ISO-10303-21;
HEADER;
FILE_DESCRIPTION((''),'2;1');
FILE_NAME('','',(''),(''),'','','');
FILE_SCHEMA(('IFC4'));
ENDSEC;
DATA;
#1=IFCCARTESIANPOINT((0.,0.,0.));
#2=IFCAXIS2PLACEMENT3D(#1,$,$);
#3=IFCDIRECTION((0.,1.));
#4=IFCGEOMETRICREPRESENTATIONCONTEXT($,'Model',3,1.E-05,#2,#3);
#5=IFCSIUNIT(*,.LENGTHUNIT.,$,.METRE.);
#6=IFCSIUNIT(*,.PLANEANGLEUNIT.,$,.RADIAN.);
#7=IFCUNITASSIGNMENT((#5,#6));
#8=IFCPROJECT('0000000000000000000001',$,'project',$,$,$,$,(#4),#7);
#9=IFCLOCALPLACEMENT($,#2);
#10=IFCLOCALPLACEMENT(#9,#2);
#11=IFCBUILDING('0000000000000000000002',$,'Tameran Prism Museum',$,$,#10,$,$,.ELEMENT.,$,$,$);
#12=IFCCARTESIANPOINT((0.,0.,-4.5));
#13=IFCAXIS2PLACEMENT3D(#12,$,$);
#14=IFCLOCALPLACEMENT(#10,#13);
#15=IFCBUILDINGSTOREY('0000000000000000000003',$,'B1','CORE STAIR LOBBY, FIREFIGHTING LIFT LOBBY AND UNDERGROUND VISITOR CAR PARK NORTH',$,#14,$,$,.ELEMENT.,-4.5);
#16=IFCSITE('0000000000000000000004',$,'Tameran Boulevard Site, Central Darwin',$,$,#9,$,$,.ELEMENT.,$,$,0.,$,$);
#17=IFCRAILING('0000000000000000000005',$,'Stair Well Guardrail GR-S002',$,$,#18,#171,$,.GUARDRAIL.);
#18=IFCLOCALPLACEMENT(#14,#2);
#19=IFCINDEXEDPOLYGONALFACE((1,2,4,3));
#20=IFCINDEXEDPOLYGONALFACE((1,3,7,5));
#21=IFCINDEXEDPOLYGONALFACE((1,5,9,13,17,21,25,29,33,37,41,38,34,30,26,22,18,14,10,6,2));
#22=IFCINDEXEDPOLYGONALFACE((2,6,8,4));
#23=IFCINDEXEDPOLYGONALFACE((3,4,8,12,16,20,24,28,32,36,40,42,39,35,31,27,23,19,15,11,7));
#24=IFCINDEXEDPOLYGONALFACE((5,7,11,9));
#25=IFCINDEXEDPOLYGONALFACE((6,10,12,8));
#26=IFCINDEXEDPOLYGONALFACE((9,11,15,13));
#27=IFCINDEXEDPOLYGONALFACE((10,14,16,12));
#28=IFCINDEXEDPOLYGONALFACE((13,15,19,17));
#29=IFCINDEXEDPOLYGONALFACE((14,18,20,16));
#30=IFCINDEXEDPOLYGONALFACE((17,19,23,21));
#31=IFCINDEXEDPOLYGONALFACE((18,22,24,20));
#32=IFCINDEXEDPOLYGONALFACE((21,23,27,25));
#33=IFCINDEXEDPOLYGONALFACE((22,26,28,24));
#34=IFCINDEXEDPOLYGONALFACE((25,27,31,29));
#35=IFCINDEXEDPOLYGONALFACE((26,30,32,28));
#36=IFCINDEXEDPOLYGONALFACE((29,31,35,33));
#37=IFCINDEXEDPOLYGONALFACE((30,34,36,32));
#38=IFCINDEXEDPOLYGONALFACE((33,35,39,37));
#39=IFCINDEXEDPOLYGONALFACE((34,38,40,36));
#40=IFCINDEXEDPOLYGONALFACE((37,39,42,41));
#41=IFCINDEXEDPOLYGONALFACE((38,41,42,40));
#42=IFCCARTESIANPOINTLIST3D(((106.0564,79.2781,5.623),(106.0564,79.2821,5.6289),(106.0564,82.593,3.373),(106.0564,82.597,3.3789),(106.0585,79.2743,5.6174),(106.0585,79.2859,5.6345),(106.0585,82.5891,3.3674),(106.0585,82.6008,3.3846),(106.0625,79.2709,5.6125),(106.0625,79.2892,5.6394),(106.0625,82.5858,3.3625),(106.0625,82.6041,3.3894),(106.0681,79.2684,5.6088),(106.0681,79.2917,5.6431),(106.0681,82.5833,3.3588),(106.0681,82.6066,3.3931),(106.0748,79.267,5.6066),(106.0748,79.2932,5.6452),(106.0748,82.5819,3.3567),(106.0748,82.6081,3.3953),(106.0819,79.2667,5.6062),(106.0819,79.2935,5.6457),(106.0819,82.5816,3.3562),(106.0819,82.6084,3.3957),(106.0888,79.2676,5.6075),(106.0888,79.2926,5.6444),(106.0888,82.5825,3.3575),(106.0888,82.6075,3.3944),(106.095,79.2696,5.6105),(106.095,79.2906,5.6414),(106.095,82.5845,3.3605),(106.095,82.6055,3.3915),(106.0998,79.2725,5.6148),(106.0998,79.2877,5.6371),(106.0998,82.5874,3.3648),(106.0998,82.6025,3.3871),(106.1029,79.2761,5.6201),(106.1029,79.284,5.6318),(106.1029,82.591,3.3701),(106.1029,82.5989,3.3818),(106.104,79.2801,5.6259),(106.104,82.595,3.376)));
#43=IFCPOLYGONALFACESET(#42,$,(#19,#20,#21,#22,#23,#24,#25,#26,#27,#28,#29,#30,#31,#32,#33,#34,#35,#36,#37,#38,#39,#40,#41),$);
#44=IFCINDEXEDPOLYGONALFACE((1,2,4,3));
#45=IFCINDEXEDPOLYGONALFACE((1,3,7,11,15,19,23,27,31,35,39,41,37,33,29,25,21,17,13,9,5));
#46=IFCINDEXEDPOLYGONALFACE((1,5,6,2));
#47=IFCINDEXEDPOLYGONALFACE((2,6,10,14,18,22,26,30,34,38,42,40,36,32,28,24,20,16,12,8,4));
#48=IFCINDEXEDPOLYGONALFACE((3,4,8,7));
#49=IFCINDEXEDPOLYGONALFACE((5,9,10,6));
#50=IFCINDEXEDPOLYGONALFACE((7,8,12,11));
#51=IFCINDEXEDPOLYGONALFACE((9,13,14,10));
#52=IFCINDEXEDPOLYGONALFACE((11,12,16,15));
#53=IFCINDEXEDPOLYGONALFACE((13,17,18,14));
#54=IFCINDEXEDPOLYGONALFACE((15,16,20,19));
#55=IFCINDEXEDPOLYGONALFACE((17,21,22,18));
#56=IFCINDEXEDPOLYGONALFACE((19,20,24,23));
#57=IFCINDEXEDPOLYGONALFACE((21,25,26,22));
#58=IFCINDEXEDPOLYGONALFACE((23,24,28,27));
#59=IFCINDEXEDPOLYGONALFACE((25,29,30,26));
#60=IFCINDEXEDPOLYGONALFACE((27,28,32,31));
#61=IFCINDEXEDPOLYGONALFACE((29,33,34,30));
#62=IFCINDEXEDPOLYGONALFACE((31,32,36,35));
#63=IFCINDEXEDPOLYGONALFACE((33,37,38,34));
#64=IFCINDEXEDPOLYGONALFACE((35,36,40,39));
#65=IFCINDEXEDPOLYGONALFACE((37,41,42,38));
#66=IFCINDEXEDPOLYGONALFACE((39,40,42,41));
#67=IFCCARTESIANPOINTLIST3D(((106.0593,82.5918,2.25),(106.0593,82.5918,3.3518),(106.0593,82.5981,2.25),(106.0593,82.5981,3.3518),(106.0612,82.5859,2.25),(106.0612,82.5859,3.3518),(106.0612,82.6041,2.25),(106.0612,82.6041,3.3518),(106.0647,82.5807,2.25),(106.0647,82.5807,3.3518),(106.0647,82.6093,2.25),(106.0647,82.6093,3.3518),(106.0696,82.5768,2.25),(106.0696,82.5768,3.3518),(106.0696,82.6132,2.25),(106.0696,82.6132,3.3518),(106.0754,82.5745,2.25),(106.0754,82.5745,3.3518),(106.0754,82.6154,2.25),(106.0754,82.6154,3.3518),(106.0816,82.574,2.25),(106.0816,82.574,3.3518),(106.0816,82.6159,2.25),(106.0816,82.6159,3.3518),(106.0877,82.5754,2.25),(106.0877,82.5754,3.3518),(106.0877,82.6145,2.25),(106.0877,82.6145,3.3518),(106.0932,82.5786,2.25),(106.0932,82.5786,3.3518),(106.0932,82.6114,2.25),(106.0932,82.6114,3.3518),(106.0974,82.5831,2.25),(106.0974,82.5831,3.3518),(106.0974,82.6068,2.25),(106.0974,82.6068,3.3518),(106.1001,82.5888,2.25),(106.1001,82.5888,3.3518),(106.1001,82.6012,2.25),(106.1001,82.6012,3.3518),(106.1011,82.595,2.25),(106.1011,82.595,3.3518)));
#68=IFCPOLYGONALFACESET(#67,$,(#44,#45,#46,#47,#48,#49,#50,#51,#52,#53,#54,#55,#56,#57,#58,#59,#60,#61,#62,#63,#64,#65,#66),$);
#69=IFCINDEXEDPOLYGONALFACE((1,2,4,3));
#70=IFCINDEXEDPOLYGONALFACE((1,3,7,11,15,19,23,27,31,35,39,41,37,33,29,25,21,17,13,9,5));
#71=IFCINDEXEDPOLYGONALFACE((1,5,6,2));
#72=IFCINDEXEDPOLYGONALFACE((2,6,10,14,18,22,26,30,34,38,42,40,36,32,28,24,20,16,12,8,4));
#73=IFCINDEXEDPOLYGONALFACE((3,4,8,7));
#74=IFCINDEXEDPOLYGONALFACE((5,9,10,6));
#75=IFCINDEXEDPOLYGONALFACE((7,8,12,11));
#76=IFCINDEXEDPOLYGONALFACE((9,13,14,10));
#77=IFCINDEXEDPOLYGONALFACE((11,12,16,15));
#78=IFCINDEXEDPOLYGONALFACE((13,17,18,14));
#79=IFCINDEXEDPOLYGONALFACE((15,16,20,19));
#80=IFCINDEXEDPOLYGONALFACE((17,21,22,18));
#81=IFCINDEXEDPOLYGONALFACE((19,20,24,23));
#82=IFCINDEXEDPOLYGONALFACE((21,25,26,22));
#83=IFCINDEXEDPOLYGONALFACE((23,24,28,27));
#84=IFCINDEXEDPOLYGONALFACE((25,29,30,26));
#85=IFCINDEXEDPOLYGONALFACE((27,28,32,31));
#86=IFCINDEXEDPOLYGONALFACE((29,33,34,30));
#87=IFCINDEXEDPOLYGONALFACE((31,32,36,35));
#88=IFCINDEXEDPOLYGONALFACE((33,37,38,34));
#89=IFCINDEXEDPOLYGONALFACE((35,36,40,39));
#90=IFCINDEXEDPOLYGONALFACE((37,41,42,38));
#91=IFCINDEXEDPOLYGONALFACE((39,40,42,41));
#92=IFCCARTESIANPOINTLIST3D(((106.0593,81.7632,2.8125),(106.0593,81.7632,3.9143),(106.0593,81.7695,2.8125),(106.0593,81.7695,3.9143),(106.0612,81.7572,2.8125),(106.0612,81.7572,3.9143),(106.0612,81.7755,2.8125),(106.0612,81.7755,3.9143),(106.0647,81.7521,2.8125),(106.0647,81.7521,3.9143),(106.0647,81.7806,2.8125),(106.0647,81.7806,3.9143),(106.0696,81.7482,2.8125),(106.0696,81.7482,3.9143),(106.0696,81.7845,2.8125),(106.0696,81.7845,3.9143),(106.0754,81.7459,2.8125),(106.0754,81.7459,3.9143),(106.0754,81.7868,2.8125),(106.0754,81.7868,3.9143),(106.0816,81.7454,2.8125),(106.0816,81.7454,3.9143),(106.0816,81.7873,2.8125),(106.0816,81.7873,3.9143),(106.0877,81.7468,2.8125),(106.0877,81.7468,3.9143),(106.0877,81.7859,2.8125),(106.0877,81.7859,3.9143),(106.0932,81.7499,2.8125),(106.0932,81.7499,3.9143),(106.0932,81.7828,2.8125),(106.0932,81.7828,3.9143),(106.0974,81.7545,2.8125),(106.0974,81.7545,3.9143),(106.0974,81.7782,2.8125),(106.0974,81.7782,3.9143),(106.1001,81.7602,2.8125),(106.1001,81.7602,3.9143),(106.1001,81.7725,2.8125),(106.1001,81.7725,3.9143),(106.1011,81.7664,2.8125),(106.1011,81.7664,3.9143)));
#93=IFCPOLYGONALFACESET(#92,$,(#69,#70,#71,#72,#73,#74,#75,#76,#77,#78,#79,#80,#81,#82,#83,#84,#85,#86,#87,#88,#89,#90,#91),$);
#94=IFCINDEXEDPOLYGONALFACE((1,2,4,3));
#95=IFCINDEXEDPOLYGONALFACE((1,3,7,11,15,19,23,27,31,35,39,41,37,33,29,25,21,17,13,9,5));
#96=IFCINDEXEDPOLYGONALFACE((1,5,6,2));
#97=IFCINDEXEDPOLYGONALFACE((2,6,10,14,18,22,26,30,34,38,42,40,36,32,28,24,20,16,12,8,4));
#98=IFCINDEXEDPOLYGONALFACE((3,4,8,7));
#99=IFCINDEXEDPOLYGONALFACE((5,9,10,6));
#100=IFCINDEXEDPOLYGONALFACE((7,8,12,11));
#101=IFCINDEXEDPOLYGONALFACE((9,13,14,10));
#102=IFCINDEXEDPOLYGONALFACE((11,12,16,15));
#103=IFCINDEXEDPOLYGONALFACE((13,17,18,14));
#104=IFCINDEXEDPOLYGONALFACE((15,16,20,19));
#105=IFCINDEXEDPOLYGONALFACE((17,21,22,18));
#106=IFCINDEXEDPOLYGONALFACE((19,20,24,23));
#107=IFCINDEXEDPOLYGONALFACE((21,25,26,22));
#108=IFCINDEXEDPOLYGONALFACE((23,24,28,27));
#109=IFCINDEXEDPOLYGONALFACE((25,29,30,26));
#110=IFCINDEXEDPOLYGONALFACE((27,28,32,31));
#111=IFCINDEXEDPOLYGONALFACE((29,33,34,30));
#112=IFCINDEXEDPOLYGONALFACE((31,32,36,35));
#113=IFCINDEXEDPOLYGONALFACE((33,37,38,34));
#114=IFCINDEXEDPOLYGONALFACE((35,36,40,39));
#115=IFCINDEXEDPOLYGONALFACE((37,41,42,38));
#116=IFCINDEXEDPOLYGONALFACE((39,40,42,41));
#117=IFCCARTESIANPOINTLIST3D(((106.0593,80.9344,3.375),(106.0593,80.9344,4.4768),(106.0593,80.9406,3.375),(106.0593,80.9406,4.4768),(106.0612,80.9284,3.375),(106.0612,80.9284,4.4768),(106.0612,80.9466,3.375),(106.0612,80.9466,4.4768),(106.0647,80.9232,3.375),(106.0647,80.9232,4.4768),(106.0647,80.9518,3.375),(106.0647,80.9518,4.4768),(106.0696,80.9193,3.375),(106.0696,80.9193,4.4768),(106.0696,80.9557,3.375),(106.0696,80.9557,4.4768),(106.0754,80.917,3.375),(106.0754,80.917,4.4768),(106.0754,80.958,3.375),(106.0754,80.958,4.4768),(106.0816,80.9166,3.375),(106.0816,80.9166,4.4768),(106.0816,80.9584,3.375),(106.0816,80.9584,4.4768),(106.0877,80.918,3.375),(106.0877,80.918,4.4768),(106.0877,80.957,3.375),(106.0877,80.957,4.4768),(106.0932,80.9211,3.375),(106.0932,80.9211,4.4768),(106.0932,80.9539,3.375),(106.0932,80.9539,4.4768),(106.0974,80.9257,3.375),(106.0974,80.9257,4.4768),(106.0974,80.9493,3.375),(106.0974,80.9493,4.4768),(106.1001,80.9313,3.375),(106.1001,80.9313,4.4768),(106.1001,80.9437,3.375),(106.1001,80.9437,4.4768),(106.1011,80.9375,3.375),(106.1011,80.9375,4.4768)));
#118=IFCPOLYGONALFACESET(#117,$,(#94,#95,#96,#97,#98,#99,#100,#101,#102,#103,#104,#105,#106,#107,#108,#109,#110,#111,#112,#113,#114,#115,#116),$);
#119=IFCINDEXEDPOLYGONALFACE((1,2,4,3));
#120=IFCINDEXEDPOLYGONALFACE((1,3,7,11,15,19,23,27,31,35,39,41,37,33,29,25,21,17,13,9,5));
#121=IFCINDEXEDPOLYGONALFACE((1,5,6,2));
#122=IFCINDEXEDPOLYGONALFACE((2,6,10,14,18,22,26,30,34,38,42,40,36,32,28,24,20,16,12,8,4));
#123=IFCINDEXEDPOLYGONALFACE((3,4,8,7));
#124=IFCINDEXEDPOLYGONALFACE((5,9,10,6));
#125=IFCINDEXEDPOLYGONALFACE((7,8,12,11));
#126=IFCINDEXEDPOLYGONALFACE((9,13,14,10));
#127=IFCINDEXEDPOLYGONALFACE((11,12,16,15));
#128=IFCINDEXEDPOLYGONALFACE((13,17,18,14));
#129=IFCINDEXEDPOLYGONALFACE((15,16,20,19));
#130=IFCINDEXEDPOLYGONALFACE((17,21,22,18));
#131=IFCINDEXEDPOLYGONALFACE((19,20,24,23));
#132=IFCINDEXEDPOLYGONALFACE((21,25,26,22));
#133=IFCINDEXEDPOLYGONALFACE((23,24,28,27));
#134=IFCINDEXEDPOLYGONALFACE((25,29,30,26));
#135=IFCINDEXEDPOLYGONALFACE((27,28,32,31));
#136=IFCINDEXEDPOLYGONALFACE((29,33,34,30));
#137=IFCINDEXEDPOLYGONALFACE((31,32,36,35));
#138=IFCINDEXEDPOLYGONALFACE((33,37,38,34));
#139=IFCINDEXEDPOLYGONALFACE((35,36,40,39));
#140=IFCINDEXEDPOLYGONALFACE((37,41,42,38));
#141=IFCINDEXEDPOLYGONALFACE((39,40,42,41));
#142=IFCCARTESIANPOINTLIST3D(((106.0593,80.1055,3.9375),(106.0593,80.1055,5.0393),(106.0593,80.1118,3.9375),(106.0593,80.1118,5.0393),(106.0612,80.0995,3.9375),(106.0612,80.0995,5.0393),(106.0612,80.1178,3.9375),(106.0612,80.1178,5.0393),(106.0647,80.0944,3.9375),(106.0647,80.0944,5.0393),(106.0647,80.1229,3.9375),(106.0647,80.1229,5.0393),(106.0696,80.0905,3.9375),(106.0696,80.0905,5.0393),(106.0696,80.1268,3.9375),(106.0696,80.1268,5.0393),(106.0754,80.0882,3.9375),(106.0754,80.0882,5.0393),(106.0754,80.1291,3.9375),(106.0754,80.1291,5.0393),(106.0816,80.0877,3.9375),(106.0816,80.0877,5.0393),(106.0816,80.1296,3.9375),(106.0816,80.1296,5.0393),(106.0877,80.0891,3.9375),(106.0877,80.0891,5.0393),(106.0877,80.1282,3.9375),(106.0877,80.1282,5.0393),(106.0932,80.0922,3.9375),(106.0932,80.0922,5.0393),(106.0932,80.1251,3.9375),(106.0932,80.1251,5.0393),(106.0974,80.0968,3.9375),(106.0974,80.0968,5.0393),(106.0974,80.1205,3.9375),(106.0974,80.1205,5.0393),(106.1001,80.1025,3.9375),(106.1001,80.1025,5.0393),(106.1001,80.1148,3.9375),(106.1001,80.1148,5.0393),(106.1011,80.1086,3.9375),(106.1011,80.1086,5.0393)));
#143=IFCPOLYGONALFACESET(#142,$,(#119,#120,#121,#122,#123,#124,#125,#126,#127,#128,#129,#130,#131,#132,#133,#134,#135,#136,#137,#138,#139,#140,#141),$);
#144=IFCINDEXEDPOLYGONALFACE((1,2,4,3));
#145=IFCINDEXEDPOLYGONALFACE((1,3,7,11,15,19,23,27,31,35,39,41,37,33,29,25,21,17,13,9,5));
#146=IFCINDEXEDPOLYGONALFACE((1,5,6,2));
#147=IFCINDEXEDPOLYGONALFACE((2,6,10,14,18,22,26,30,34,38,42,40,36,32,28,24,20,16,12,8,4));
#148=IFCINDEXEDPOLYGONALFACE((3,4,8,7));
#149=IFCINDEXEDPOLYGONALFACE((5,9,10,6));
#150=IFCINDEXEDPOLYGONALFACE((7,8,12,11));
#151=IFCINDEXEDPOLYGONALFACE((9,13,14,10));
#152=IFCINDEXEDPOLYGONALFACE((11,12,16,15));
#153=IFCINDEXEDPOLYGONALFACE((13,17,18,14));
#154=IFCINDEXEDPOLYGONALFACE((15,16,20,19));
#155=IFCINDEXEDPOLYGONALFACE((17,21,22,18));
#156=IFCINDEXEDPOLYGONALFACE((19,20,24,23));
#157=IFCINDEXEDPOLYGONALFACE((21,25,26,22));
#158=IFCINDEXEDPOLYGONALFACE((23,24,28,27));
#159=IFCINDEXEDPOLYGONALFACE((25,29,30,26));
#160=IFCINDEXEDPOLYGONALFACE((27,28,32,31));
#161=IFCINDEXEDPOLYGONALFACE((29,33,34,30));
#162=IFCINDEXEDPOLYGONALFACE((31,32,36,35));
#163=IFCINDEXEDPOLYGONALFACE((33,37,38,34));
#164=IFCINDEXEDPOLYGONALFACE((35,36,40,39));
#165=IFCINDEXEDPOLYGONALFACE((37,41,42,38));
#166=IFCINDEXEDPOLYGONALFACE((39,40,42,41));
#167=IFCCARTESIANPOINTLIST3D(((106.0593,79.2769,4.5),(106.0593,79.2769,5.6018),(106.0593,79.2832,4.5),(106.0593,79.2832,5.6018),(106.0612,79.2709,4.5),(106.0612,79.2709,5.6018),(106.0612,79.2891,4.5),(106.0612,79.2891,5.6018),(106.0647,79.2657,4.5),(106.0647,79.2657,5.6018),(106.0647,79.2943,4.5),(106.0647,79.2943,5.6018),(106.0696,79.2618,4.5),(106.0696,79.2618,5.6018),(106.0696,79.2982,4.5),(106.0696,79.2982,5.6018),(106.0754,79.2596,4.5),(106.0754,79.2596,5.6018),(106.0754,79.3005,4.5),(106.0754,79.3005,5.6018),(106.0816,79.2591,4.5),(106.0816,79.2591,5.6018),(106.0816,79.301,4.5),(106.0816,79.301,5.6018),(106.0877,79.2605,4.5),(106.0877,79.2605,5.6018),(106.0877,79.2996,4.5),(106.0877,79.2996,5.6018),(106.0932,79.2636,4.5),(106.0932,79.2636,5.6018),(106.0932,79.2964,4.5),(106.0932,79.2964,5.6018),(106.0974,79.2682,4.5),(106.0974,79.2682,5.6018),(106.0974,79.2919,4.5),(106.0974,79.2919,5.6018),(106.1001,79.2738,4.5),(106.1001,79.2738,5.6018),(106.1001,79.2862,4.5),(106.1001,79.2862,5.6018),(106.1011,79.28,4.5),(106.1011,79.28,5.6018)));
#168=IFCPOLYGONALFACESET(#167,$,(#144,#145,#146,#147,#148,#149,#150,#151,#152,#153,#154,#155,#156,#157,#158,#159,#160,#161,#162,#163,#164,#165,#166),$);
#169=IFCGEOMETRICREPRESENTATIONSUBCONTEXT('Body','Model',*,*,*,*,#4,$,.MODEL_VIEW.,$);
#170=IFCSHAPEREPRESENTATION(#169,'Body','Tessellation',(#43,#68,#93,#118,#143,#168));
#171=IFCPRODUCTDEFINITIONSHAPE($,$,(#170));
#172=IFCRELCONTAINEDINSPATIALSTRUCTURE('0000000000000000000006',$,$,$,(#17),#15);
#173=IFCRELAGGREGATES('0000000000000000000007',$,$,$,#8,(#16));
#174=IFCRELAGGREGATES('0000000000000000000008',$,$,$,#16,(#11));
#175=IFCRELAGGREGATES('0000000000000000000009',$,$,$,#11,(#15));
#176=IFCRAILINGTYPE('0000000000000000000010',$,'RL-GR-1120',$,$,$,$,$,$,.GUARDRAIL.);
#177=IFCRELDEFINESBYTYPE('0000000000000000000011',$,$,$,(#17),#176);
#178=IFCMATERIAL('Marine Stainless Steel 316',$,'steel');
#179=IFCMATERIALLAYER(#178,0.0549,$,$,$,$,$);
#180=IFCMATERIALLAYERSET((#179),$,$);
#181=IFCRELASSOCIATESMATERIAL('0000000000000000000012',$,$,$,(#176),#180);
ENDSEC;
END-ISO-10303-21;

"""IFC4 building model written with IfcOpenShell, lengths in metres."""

from ifc_helpers import new_model, si_unit, direction, frame, origin, origin_2d, place, context, subcontext, project, spatial, circle, extrude, material, layer, layer_set, type_object, element, save


model = new_model("IFC4")

# Units and contexts
model_context = context("Model", 3, precision=1e-05, world=origin(), true_north=direction((0.0, 1.0)))
body_context = subcontext(model_context, "Body", "Model", "MODEL_VIEW")
ifc_project = project(units=[si_unit("LENGTHUNIT", "METRE"), si_unit("PLANEANGLEUNIT", "RADIAN")], contexts=[model_context])

# Site, building, storey
site_placement = place(None, origin())
site = spatial("IfcSite", under=ifc_project, at=site_placement, Name="Tameran Boulevard Site, Central Darwin", CompositionType="ELEMENT", RefElevation=0.0)
building_placement = place(site_placement, origin())
building = spatial("IfcBuilding", under=site, at=building_placement, Name="Tameran Prism Museum", CompositionType="ELEMENT")
storey_placement = place(building_placement, frame((0.0, 0.0, -4.5)))
storey = spatial("IfcBuildingStorey", under=building, at=storey_placement, Name="B1", Description="CORE STAIR LOBBY, FIREFIGHTING LIFT LOBBY AND UNDERGROUND VISITOR CAR PARK NORTH", CompositionType="ELEMENT", Elevation=-4.5)

# Railing
ifc_material_1 = material(Name="Marine Stainless Steel 316", Category="steel")
ifc_layer_1 = layer(ifc_material_1, 0.0549)
ifc_layer_set_1 = layer_set([ifc_layer_1])
railing_type_1 = type_object("IfcRailingType", Name="RL-GR-1120", PredefinedType="GUARDRAIL", material=ifc_layer_set_1)
railing_1_placement = place(storey_placement, frame((106.0801, 82.595, 2.25)))
element("IfcRailing", 1, at=railing_1_placement, inside=storey, type_object=railing_type_1, Name="Stair Well Guardrail GR-S002", PredefinedType="GUARDRAIL", context=body_context, shape_type="SweptSolid", body=[
    extrude(circle(Radius=0.0239, at=origin_2d()), frame((0.0, 0.0, 1.126), z_axis=(0.0, -0.827409, 0.5616), x_axis=(1.0, 0.0, 0.0)), (0.0, 0.0, 1.0), 4.0063),
    extrude(circle(Radius=0.021, at=origin_2d()), origin(), (0.0, 0.0, 1.0), 1.1018),
    extrude(circle(Radius=0.021, at=origin_2d()), frame((0.0, -0.8286, 0.5625)), (0.0, 0.0, 1.0), 1.1018),
    extrude(circle(Radius=0.021, at=origin_2d()), frame((0.0, -1.6575, 1.125)), (0.0, 0.0, 1.0), 1.1018),
    extrude(circle(Radius=0.021, at=origin_2d()), frame((0.0, -2.4863, 1.6875)), (0.0, 0.0, 1.0), 1.1018),
    extrude(circle(Radius=0.021, at=origin_2d()), frame((0.0, -3.3149, 2.25)), (0.0, 0.0, 1.0), 1.1018),
])

save(model, "model.ifc")
